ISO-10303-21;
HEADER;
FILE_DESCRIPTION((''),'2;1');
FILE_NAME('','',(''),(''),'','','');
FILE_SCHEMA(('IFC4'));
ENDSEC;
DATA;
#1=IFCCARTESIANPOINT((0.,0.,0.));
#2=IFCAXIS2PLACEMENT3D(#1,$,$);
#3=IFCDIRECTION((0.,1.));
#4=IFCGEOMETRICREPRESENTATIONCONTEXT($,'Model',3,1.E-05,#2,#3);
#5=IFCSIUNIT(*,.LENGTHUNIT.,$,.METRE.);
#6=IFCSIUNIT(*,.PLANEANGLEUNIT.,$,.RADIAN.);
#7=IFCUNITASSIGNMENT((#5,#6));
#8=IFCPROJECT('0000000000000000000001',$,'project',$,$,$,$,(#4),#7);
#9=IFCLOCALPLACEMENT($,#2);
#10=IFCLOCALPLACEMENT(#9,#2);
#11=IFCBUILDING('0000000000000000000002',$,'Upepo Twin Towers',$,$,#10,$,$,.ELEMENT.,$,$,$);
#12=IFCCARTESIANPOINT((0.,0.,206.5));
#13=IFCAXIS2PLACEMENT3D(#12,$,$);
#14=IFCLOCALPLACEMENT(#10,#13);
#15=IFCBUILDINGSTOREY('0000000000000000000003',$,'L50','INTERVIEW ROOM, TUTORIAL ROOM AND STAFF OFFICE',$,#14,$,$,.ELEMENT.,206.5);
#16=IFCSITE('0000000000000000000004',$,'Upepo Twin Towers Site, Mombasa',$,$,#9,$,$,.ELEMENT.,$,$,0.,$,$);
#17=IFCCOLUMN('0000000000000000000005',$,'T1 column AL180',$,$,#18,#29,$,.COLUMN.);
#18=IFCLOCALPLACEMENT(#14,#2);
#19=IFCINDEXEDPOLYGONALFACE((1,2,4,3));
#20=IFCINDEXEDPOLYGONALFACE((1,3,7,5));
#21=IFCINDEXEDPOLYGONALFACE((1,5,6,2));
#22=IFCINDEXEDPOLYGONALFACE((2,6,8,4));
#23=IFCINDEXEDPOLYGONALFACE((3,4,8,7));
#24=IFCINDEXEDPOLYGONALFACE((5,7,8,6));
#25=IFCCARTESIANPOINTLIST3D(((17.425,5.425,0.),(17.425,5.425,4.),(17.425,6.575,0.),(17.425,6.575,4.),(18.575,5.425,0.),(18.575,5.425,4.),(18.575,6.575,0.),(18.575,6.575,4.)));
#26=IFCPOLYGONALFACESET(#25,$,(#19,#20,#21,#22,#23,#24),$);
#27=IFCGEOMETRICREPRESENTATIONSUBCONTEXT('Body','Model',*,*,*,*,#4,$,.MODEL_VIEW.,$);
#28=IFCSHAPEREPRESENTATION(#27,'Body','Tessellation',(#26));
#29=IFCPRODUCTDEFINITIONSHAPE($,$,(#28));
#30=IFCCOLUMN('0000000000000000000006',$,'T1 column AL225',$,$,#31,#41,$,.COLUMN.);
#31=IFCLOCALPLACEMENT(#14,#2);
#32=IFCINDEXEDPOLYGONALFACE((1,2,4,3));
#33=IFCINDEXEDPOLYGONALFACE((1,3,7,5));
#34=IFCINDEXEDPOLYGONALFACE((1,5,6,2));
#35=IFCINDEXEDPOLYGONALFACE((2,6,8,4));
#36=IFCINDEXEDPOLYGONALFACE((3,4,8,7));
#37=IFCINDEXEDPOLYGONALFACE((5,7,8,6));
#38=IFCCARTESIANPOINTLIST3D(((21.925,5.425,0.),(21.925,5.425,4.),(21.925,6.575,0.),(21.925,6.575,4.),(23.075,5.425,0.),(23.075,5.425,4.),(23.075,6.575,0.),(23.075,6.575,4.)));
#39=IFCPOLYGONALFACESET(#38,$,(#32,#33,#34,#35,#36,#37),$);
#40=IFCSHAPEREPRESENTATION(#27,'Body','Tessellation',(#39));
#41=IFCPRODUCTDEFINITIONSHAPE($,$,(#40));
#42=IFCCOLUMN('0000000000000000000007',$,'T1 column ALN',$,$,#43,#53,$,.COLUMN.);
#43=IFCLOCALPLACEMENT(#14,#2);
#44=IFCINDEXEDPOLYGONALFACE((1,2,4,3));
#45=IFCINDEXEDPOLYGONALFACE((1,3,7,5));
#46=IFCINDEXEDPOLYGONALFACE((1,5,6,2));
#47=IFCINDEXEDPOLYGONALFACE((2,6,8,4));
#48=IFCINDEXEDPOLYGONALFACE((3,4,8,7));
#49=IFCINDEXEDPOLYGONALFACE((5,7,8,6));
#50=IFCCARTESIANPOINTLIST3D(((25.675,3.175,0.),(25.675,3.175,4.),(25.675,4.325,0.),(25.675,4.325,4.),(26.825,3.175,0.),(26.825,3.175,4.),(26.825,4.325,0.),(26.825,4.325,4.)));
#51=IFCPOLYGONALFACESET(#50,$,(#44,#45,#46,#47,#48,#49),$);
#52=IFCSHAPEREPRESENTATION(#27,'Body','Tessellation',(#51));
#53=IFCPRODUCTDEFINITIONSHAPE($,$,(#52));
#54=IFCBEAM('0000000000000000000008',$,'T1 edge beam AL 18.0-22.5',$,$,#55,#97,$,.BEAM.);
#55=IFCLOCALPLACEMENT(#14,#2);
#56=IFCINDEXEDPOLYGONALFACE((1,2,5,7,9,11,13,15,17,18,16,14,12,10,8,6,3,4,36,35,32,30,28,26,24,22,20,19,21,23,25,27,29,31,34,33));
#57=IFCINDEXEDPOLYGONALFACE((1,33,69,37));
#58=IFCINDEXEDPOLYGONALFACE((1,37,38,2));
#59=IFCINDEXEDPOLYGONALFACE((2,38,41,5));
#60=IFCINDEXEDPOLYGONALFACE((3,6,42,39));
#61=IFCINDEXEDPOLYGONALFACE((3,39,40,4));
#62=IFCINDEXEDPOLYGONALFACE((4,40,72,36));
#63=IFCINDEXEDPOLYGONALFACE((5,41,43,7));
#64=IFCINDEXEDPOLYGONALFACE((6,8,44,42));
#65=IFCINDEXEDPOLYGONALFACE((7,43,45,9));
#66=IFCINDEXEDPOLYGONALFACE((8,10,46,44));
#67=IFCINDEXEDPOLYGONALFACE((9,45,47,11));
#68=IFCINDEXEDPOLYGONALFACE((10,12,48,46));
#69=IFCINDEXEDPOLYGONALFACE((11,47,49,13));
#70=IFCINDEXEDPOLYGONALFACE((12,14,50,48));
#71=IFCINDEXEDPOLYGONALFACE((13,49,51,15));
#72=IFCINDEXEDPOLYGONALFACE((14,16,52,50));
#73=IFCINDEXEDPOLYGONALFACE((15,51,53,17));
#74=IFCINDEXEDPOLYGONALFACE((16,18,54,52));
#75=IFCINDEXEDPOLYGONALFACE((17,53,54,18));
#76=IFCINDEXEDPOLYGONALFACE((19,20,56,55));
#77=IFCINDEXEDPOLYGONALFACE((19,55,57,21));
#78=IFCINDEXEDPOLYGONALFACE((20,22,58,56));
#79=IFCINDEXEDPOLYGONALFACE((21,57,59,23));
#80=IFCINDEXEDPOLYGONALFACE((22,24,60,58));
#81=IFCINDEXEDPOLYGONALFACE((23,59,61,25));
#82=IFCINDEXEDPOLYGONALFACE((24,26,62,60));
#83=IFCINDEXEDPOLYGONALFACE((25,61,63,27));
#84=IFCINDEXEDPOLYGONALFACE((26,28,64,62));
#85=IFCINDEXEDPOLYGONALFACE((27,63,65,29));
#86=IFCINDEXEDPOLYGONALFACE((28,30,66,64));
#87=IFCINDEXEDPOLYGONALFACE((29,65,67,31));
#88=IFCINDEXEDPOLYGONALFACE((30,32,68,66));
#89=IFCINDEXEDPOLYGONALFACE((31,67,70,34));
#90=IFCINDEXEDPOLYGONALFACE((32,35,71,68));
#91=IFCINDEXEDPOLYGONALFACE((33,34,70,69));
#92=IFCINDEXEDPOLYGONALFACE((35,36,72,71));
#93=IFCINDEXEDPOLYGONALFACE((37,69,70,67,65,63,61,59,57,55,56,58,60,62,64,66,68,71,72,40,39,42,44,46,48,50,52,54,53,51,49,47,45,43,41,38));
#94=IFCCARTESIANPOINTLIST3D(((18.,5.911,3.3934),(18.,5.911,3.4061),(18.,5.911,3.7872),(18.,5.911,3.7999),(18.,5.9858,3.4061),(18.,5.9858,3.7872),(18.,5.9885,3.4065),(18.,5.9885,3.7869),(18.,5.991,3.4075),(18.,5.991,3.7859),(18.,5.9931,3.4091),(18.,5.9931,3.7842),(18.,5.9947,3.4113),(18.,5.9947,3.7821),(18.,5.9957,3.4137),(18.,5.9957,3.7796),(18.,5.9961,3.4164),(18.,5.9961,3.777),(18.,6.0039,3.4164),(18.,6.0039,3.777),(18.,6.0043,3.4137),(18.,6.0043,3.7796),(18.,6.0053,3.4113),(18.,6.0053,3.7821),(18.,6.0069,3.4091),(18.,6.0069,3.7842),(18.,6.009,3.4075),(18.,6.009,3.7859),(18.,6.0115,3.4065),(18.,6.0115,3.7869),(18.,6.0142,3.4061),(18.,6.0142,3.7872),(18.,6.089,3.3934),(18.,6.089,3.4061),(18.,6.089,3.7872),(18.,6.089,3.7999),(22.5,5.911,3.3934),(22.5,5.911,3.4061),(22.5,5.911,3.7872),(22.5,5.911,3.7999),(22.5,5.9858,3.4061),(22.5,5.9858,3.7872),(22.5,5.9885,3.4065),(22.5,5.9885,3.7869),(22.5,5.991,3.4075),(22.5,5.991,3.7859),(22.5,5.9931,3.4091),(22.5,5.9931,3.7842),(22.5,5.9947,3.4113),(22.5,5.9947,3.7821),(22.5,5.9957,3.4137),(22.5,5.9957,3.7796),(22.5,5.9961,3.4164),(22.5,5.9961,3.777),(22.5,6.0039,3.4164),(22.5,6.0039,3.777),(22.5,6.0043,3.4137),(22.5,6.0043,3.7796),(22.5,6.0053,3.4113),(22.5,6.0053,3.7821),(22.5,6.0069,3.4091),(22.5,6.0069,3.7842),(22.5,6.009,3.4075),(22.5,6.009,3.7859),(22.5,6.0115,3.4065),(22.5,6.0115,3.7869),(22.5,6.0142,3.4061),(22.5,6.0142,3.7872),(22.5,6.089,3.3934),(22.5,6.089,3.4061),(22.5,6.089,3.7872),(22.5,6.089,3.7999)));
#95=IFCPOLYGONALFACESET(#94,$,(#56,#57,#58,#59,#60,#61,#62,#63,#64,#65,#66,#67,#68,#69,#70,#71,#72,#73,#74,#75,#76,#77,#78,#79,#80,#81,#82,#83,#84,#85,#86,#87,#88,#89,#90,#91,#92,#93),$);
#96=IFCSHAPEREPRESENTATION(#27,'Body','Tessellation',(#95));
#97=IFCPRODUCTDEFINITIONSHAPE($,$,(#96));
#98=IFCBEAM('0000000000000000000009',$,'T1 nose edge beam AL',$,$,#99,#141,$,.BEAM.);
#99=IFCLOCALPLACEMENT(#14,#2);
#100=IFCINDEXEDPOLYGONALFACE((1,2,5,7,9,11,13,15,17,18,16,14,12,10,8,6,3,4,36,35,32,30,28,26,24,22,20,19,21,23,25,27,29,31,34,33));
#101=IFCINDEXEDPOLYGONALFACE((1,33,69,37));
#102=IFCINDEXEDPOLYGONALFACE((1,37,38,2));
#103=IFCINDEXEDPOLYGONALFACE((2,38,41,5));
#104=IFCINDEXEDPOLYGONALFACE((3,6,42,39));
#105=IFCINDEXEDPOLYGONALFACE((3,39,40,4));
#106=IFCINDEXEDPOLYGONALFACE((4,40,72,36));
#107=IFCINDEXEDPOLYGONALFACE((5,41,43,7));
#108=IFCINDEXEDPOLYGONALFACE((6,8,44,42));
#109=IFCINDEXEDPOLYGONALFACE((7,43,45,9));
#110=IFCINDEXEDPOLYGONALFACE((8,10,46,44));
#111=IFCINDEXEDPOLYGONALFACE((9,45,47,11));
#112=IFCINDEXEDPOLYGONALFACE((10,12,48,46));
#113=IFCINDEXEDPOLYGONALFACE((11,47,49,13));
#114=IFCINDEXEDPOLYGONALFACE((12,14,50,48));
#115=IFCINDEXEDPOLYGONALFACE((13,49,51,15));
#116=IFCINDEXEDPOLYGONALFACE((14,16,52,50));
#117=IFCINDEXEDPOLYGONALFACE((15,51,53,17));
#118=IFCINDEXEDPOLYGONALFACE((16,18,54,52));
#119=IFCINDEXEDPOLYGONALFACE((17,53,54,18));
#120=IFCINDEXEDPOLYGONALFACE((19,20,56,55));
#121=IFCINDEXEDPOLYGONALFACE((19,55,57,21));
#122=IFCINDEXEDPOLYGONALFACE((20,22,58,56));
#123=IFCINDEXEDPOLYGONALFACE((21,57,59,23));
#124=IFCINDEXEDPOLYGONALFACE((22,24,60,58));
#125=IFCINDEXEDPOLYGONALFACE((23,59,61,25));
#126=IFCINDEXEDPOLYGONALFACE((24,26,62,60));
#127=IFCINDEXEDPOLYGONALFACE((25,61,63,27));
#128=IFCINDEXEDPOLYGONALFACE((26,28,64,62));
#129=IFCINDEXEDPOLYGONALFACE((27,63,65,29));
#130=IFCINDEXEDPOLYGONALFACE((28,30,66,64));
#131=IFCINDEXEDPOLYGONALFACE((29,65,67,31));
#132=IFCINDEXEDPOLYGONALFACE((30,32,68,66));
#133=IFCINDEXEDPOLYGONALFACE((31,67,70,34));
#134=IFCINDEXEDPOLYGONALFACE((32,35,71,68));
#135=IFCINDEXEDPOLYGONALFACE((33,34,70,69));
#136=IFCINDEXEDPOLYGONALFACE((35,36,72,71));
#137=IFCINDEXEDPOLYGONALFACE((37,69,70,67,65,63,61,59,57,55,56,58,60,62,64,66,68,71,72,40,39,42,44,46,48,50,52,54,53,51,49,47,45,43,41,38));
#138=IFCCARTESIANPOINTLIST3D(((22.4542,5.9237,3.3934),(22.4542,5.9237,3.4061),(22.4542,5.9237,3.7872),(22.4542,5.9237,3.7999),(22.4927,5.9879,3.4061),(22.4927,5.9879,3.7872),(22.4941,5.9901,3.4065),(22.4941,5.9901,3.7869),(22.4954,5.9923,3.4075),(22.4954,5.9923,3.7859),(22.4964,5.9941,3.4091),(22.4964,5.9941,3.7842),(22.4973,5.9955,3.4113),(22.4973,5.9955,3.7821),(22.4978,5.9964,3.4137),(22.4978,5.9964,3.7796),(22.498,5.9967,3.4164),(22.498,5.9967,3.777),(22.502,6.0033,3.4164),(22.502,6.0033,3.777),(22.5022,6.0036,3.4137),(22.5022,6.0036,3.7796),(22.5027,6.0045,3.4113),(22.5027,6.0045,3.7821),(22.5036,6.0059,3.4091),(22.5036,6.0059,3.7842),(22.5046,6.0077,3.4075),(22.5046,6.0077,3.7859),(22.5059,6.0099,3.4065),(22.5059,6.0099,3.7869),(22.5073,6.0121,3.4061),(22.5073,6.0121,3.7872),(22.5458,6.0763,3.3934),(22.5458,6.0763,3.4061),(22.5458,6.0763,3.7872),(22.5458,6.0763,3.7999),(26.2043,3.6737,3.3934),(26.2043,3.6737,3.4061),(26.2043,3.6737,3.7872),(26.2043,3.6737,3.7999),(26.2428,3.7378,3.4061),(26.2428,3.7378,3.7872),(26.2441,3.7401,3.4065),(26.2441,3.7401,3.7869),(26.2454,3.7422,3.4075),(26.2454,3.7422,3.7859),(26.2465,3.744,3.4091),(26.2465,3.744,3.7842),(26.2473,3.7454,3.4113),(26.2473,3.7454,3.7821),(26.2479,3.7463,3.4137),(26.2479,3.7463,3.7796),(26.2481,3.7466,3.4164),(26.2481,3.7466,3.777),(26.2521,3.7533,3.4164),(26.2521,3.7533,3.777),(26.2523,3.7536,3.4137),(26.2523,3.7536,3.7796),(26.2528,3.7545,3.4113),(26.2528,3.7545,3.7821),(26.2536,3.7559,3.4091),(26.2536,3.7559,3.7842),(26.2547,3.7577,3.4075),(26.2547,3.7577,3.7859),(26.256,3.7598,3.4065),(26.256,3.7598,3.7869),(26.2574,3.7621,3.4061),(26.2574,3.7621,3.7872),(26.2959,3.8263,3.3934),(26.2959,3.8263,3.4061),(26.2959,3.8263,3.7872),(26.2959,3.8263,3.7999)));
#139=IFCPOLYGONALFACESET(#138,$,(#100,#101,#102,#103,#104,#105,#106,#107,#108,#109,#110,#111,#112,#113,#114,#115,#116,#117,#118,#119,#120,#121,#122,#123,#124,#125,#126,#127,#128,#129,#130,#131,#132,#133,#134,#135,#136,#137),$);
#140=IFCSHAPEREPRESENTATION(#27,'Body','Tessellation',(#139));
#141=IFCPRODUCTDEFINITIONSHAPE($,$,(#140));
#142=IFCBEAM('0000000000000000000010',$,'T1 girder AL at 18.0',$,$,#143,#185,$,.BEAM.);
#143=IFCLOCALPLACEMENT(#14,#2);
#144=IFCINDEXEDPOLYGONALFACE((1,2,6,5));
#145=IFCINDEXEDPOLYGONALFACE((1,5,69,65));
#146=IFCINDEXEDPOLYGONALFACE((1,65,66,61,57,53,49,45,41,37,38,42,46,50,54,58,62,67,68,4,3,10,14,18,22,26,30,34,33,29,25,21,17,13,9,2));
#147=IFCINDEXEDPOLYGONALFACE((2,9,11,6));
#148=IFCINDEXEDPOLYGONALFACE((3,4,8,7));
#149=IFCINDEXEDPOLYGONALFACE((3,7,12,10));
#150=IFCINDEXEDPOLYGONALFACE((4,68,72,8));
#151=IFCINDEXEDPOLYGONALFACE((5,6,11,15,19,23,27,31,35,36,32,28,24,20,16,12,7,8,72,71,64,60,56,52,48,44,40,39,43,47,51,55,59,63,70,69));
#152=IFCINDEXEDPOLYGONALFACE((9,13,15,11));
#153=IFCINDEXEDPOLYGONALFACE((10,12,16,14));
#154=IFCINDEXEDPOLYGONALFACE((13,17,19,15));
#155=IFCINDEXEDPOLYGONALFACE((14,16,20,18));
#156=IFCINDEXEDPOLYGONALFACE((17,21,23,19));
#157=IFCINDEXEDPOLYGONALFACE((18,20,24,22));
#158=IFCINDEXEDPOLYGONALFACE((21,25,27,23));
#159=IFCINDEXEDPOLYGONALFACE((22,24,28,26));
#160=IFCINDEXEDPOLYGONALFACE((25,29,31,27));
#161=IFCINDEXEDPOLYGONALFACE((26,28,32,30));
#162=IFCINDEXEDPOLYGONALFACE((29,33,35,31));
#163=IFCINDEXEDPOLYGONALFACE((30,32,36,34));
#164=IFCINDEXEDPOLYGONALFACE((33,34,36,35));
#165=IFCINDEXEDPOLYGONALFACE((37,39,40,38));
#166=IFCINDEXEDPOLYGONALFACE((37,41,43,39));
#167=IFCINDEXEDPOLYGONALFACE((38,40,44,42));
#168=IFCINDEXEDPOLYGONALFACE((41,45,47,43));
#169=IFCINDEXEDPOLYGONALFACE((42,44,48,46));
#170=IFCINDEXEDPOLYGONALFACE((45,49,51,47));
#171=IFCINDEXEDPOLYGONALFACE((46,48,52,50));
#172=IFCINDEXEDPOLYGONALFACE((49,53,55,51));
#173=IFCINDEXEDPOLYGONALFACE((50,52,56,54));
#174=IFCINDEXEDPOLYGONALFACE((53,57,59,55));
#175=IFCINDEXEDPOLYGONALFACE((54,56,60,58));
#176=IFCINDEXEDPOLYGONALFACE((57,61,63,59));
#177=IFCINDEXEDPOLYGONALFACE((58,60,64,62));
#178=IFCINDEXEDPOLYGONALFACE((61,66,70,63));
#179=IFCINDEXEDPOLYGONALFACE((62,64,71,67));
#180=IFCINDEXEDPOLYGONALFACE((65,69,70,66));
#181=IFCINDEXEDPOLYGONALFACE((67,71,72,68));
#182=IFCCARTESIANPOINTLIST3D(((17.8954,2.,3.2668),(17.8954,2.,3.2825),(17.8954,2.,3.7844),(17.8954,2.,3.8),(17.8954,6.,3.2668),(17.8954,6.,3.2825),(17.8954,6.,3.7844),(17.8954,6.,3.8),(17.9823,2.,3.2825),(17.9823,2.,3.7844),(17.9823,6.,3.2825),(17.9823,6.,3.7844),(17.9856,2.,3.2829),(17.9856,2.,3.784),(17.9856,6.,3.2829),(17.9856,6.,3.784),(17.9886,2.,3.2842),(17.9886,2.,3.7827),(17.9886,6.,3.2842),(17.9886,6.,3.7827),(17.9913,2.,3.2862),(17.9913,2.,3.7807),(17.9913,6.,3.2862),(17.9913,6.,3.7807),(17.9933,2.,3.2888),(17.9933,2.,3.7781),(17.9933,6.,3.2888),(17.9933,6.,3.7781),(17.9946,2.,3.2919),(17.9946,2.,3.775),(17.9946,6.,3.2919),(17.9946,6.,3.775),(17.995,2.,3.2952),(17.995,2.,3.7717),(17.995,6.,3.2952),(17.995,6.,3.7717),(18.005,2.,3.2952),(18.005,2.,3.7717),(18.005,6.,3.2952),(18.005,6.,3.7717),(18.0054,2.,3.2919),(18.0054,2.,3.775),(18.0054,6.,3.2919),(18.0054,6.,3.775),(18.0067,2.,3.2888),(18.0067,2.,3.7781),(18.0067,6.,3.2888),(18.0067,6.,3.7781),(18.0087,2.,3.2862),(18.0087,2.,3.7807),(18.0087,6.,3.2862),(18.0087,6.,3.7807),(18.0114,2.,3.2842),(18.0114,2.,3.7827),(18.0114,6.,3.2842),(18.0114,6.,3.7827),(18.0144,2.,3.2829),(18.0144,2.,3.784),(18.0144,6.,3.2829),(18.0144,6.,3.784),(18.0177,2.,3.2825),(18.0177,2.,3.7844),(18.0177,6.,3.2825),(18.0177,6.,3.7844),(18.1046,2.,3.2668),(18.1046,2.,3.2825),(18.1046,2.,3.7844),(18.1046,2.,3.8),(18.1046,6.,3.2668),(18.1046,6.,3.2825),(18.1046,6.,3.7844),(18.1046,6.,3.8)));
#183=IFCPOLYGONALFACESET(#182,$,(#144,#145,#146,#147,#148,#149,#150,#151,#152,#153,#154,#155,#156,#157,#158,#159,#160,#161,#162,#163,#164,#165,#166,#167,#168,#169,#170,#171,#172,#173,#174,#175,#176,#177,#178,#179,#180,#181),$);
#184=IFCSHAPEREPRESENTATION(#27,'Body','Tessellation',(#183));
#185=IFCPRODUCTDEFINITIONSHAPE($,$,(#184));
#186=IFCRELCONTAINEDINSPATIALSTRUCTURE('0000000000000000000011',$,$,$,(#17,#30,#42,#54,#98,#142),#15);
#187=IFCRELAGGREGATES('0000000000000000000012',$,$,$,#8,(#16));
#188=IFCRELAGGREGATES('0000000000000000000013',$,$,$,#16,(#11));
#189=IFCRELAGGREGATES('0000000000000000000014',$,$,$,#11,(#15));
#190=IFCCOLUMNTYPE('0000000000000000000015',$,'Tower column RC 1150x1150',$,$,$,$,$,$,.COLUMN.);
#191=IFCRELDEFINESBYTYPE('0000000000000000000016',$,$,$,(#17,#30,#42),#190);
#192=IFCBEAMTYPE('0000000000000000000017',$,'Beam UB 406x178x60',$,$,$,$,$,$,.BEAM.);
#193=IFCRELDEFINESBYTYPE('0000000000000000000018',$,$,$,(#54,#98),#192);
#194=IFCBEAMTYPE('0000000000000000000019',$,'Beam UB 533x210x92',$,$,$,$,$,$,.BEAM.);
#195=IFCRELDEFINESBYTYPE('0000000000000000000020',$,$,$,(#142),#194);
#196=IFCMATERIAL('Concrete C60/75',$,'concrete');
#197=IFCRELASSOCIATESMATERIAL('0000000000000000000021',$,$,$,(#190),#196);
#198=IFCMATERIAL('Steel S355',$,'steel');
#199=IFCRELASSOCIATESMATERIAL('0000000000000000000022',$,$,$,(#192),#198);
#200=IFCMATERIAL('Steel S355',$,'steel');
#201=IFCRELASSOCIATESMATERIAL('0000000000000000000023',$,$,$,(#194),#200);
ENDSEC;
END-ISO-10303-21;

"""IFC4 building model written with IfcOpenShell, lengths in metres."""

from ifc_helpers import new_model, si_unit, direction, frame, origin, origin_2d, place, context, subcontext, project, spatial, rectangle, i_section, extrude, material, material_profile, profile_set, type_object, element, save


model = new_model("IFC4")

# Units and contexts
model_context = context("Model", 3, precision=1e-05, world=origin(), true_north=direction((0.0, 1.0)))
body_context = subcontext(model_context, "Body", "Model", "MODEL_VIEW")
ifc_project = project(units=[si_unit("LENGTHUNIT", "METRE"), si_unit("PLANEANGLEUNIT", "RADIAN")], contexts=[model_context])

# Site, building, storey
site_placement = place(None, origin())
site = spatial("IfcSite", under=ifc_project, at=site_placement, Name="Upepo Twin Towers Site, Mombasa", CompositionType="ELEMENT", RefElevation=0.0)
building_placement = place(site_placement, origin())
building = spatial("IfcBuilding", under=site, at=building_placement, Name="Upepo Twin Towers", CompositionType="ELEMENT")
storey_placement = place(building_placement, frame((0.0, 0.0, 206.5)))
storey = spatial("IfcBuildingStorey", under=building, at=storey_placement, Name="L50", Description="INTERVIEW ROOM, TUTORIAL ROOM AND STAFF OFFICE", CompositionType="ELEMENT", Elevation=206.5)

# Columns
ifc_material_1 = material(Name="Concrete C60/75", Category="concrete")
ifc_material_profile_1 = material_profile(ifc_material_1, rectangle(XDim=1.1499, YDim=1.1499, at=origin_2d()), Name="RC 1150x1150")
ifc_profile_set_1 = profile_set([ifc_material_profile_1], Name="Concrete C60/75")
column_type = type_object("IfcColumnType", Name="Tower column RC 1150x1150", PredefinedType="COLUMN", material=ifc_profile_set_1)
for number, where, z_axis, x_axis, name in (
    (1, (18.0, 6.0, 0.0), (0.0, 0.0, 1.0), (1.0, 0.0, 0.0), "T1 column AL180"),
    (2, (22.5, 6.0, 0.0), (0.0, 0.0, 1.0), (1.0, 0.0, 0.0), "T1 column AL225"),
    (3, (26.25, 3.75, 0.0), (0.0, 0.0, 1.0), (1.0, 0.0, 0.0), "T1 column ALN"),
):
    element("IfcColumn", number, at=place(storey_placement, frame(where, z_axis=z_axis, x_axis=x_axis)), inside=storey, type_object=column_type, Name=name, PredefinedType="COLUMN", context=body_context, shape_type="SweptSolid", body=[
        extrude(rectangle(XDim=1.1499, YDim=1.1499, at=origin_2d()), origin(), (0.0, 0.0, 1.0), 4.0),
    ])

# Beams
ifc_material_2 = material(Name="Steel S355", Category="steel")
ifc_material_profile_2 = material_profile(ifc_material_2, i_section(OverallWidth=0.178, OverallDepth=0.4065, WebThickness=0.0078, FlangeThickness=0.0127, FilletRadius=0.0103, at=origin_2d()), Name="UB 406x178x60")
ifc_profile_set_2 = profile_set([ifc_material_profile_2], Name="Steel S355")
beam_type_1 = type_object("IfcBeamType", Name="Beam UB 406x178x60", PredefinedType="BEAM", material=ifc_profile_set_2)
beam_1_placement = place(storey_placement, frame((18.0, 6.0, 3.5967), z_axis=(1.0, 0.0, 0.0), x_axis=(0.0, 1.0, 0.0)))
element("IfcBeam", 4, at=beam_1_placement, inside=storey, type_object=beam_type_1, Name="T1 edge beam AL 18.0-22.5", PredefinedType="BEAM", context=body_context, shape_type="SweptSolid", body=[
    extrude(i_section(OverallWidth=0.178, OverallDepth=0.4065, WebThickness=0.0078, FlangeThickness=0.0127, FilletRadius=0.0103, at=origin_2d()), origin(), (0.0, 0.0, 1.0), 4.5),
])
beam_2_placement = place(storey_placement, frame((22.5, 6.0, 3.5967), z_axis=(0.857493, -0.514496, 0.0), x_axis=(0.514496, 0.857493, 0.0)))
element("IfcBeam", 5, at=beam_2_placement, inside=storey, type_object=beam_type_1, Name="T1 nose edge beam AL", PredefinedType="BEAM", context=body_context, shape_type="SweptSolid", body=[
    extrude(i_section(OverallWidth=0.178, OverallDepth=0.4065, WebThickness=0.0078, FlangeThickness=0.0127, FilletRadius=0.0103, at=origin_2d()), origin(), (0.0, 0.0, 1.0), 4.3733),
])
ifc_material_3 = material(Name="Steel S355", Category="steel")
ifc_material_profile_3 = material_profile(ifc_material_3, i_section(OverallWidth=0.2092, OverallDepth=0.5332, WebThickness=0.01, FlangeThickness=0.0156, FilletRadius=0.0127, at=origin_2d()), Name="UB 533x210x92")
ifc_profile_set_3 = profile_set([ifc_material_profile_3], Name="Steel S355")
beam_type_2 = type_object("IfcBeamType", Name="Beam UB 533x210x92", PredefinedType="BEAM", material=ifc_profile_set_3)
for number, where, z_axis, x_axis, name in (
    (6, (18.0, 6.0, 3.5334), (0.0, -1.0, 0.0), (1.0, 0.0, 0.0), "T1 girder AL at 18.0"),
):
    element("IfcBeam", number, at=place(storey_placement, frame(where, z_axis=z_axis, x_axis=x_axis)), inside=storey, type_object=beam_type_2, Name=name, PredefinedType="BEAM", context=body_context, shape_type="SweptSolid", body=[
        extrude(i_section(OverallWidth=0.2092, OverallDepth=0.5332, WebThickness=0.01, FlangeThickness=0.0156, FilletRadius=0.0127, at=origin_2d()), origin(), (0.0, 0.0, 1.0), 4.0),
    ])

save(model, "model.ifc")
